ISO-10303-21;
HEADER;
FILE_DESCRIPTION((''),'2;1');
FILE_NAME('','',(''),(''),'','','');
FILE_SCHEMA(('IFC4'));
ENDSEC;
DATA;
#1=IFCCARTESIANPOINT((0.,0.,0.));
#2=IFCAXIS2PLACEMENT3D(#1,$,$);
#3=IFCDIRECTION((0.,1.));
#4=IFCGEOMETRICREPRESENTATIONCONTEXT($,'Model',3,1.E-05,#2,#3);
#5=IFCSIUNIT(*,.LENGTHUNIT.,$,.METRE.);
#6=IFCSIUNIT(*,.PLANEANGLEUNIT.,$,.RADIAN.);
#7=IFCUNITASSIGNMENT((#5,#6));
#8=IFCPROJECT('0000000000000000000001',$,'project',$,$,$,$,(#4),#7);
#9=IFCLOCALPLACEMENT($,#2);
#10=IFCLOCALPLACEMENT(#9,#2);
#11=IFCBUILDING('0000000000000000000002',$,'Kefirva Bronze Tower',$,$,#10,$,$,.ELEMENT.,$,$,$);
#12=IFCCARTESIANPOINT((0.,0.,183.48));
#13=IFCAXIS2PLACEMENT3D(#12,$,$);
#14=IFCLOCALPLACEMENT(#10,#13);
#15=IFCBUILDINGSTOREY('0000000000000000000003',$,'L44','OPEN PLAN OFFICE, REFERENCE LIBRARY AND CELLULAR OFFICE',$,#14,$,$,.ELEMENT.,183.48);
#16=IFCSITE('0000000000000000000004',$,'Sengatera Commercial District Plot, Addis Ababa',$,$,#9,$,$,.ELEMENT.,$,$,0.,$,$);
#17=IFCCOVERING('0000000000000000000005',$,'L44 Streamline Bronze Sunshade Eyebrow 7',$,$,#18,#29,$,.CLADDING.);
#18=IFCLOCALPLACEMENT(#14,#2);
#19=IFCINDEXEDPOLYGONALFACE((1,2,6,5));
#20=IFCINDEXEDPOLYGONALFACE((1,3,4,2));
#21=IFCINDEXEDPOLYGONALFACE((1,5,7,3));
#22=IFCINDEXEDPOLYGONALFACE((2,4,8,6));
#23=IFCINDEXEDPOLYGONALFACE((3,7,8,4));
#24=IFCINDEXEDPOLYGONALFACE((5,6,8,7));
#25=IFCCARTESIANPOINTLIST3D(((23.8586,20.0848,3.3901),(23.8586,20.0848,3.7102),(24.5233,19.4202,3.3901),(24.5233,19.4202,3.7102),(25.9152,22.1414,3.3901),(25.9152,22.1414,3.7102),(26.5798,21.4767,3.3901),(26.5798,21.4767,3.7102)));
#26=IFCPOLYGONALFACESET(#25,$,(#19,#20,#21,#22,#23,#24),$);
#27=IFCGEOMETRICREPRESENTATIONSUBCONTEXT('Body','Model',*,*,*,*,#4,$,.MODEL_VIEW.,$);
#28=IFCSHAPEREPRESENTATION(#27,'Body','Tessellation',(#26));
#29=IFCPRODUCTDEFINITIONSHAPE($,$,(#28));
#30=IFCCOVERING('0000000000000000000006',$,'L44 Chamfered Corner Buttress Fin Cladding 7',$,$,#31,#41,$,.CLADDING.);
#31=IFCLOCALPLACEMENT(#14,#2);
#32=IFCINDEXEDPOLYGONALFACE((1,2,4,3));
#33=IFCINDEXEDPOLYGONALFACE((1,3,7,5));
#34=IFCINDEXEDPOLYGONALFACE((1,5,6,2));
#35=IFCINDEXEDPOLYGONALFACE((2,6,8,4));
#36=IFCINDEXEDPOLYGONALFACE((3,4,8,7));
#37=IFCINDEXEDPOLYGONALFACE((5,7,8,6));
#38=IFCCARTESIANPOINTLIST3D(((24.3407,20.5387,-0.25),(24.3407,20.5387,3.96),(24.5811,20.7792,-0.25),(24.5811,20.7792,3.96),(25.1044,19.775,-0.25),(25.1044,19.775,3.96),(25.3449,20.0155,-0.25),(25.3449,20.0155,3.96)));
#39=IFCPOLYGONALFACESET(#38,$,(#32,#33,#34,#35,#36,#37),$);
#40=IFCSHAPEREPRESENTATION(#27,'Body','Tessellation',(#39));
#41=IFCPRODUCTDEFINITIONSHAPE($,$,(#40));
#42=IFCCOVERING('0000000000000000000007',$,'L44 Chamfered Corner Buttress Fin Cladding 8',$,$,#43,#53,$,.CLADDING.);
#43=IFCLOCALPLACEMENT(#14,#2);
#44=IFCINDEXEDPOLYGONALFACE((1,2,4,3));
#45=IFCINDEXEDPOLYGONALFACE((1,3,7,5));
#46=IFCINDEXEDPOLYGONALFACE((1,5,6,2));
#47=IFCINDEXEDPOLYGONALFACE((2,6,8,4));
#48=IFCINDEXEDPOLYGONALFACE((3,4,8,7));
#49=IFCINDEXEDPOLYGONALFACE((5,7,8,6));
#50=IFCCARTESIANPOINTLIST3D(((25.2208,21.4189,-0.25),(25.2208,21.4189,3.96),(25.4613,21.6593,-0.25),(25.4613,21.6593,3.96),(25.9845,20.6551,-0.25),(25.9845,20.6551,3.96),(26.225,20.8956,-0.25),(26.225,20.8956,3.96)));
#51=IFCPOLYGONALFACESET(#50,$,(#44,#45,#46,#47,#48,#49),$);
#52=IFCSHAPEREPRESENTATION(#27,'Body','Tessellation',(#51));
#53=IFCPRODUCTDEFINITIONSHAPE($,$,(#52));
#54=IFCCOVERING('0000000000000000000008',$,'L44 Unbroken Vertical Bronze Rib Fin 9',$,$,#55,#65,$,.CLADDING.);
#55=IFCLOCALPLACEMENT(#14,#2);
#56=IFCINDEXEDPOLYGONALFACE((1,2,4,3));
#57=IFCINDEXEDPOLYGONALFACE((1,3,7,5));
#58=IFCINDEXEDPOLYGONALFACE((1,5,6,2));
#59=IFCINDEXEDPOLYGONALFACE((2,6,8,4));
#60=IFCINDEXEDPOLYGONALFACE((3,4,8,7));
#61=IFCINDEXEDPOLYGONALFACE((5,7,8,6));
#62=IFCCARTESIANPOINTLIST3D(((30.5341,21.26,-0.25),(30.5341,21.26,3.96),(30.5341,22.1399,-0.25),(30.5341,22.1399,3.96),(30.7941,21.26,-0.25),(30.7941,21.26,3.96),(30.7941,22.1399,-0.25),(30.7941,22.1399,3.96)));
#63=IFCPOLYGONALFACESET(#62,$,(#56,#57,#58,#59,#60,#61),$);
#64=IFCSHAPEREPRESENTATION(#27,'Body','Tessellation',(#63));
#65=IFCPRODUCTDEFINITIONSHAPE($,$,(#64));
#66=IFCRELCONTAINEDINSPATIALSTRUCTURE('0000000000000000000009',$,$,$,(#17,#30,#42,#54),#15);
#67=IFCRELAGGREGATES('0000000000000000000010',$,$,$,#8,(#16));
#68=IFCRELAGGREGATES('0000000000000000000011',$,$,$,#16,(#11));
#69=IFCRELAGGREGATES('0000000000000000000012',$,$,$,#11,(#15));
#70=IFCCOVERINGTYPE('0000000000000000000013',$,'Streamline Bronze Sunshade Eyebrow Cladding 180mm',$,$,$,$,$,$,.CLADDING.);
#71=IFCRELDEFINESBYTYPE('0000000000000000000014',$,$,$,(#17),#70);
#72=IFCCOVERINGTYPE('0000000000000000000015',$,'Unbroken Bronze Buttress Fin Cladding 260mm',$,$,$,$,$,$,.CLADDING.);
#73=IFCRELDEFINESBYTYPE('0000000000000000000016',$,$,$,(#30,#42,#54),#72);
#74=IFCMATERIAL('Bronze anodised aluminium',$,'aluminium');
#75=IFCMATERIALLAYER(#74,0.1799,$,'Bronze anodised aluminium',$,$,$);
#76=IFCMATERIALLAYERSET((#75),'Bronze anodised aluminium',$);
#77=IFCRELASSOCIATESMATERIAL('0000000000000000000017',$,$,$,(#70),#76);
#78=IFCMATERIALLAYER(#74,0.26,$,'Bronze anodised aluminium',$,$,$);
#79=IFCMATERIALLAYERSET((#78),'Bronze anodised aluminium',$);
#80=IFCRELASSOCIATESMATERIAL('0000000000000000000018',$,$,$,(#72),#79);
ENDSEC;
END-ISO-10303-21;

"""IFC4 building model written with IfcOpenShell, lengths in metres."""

from ifc_helpers import new_model, si_unit, direction, frame, origin, origin_2d, place, context, subcontext, project, spatial, rectangle, extrude, material, layer, layer_set, type_object, element, save


model = new_model("IFC4")

# Units and contexts
model_context = context("Model", 3, precision=1e-05, world=origin(), true_north=direction((0.0, 1.0)))
body_context = subcontext(model_context, "Body", "Model", "MODEL_VIEW")
ifc_project = project(units=[si_unit("LENGTHUNIT", "METRE"), si_unit("PLANEANGLEUNIT", "RADIAN")], contexts=[model_context])

# Site, building, storey
site_placement = place(None, origin())
site = spatial("IfcSite", under=ifc_project, at=site_placement, Name="Sengatera Commercial District Plot, Addis Ababa", CompositionType="ELEMENT", RefElevation=0.0)
building_placement = place(site_placement, origin())
building = spatial("IfcBuilding", under=site, at=building_placement, Name="Kefirva Bronze Tower", CompositionType="ELEMENT")
storey_placement = place(building_placement, frame((0.0, 0.0, 183.48)))
storey = spatial("IfcBuildingStorey", under=building, at=storey_placement, Name="L44", Description="OPEN PLAN OFFICE, REFERENCE LIBRARY AND CELLULAR OFFICE", CompositionType="ELEMENT", Elevation=183.48)

# Shared definitions
ifc_material_1 = material(Name="Bronze anodised aluminium", Category="aluminium")

# Coverings
ifc_layer_1 = layer(ifc_material_1, 0.1799, Name="Bronze anodised aluminium")
ifc_layer_set_1 = layer_set([ifc_layer_1], Name="Bronze anodised aluminium")
covering_type_1 = type_object("IfcCoveringType", Name="Streamline Bronze Sunshade Eyebrow Cladding 180mm", PredefinedType="CLADDING", material=ifc_layer_set_1)
covering_1_placement = place(storey_placement, frame((25.2192, 20.7808, 3.3901), z_axis=(0.0, 0.0, 1.0), x_axis=(0.707107, 0.707107, 0.0)))
element("IfcCovering", 1, at=covering_1_placement, inside=storey, type_object=covering_type_1, Name="L44 Streamline Bronze Sunshade Eyebrow 7", PredefinedType="CLADDING", context=body_context, shape_type="SweptSolid", body=[
    extrude(rectangle(XDim=2.9084, YDim=0.9399, at=origin_2d()), origin(), (0.0, 0.0, 1.0), 0.3201),
])
ifc_layer_2 = layer(ifc_material_1, 0.26, Name="Bronze anodised aluminium")
ifc_layer_set_2 = layer_set([ifc_layer_2], Name="Bronze anodised aluminium")
covering_type_2 = type_object("IfcCoveringType", Name="Unbroken Bronze Buttress Fin Cladding 260mm", PredefinedType="CLADDING", material=ifc_layer_set_2)
for number, where, z_axis, x_axis, name in (
    (2, (24.8428, 20.2771, -0.25), (0.0, 0.0, 1.0), (0.707107, 0.707107, 0.0), "L44 Chamfered Corner Buttress Fin Cladding 7"),
    (3, (25.7229, 21.1572, -0.25), (0.0, 0.0, 1.0), (0.707107, 0.707107, 0.0), "L44 Chamfered Corner Buttress Fin Cladding 8"),
):
    element("IfcCovering", number, at=place(storey_placement, frame(where, z_axis=z_axis, x_axis=x_axis)), inside=storey, type_object=covering_type_2, Name=name, PredefinedType="CLADDING", context=body_context, shape_type="SweptSolid", body=[
        extrude(rectangle(XDim=0.3401, YDim=1.0801, at=origin_2d()), origin(), (0.0, 0.0, 1.0), 4.21),
    ])
covering_2_placement = place(storey_placement, frame((30.6641, 21.7, -0.25), z_axis=(0.0, 0.0, 1.0), x_axis=(1.0, 0.0, 0.0)))
element("IfcCovering", 4, at=covering_2_placement, inside=storey, type_object=covering_type_2, Name="L44 Unbroken Vertical Bronze Rib Fin 9", PredefinedType="CLADDING", context=body_context, shape_type="SweptSolid", body=[
    extrude(rectangle(XDim=0.26, YDim=0.8799, at=origin_2d()), origin(), (0.0, 0.0, 1.0), 4.21),
])

save(model, "model.ifc")
